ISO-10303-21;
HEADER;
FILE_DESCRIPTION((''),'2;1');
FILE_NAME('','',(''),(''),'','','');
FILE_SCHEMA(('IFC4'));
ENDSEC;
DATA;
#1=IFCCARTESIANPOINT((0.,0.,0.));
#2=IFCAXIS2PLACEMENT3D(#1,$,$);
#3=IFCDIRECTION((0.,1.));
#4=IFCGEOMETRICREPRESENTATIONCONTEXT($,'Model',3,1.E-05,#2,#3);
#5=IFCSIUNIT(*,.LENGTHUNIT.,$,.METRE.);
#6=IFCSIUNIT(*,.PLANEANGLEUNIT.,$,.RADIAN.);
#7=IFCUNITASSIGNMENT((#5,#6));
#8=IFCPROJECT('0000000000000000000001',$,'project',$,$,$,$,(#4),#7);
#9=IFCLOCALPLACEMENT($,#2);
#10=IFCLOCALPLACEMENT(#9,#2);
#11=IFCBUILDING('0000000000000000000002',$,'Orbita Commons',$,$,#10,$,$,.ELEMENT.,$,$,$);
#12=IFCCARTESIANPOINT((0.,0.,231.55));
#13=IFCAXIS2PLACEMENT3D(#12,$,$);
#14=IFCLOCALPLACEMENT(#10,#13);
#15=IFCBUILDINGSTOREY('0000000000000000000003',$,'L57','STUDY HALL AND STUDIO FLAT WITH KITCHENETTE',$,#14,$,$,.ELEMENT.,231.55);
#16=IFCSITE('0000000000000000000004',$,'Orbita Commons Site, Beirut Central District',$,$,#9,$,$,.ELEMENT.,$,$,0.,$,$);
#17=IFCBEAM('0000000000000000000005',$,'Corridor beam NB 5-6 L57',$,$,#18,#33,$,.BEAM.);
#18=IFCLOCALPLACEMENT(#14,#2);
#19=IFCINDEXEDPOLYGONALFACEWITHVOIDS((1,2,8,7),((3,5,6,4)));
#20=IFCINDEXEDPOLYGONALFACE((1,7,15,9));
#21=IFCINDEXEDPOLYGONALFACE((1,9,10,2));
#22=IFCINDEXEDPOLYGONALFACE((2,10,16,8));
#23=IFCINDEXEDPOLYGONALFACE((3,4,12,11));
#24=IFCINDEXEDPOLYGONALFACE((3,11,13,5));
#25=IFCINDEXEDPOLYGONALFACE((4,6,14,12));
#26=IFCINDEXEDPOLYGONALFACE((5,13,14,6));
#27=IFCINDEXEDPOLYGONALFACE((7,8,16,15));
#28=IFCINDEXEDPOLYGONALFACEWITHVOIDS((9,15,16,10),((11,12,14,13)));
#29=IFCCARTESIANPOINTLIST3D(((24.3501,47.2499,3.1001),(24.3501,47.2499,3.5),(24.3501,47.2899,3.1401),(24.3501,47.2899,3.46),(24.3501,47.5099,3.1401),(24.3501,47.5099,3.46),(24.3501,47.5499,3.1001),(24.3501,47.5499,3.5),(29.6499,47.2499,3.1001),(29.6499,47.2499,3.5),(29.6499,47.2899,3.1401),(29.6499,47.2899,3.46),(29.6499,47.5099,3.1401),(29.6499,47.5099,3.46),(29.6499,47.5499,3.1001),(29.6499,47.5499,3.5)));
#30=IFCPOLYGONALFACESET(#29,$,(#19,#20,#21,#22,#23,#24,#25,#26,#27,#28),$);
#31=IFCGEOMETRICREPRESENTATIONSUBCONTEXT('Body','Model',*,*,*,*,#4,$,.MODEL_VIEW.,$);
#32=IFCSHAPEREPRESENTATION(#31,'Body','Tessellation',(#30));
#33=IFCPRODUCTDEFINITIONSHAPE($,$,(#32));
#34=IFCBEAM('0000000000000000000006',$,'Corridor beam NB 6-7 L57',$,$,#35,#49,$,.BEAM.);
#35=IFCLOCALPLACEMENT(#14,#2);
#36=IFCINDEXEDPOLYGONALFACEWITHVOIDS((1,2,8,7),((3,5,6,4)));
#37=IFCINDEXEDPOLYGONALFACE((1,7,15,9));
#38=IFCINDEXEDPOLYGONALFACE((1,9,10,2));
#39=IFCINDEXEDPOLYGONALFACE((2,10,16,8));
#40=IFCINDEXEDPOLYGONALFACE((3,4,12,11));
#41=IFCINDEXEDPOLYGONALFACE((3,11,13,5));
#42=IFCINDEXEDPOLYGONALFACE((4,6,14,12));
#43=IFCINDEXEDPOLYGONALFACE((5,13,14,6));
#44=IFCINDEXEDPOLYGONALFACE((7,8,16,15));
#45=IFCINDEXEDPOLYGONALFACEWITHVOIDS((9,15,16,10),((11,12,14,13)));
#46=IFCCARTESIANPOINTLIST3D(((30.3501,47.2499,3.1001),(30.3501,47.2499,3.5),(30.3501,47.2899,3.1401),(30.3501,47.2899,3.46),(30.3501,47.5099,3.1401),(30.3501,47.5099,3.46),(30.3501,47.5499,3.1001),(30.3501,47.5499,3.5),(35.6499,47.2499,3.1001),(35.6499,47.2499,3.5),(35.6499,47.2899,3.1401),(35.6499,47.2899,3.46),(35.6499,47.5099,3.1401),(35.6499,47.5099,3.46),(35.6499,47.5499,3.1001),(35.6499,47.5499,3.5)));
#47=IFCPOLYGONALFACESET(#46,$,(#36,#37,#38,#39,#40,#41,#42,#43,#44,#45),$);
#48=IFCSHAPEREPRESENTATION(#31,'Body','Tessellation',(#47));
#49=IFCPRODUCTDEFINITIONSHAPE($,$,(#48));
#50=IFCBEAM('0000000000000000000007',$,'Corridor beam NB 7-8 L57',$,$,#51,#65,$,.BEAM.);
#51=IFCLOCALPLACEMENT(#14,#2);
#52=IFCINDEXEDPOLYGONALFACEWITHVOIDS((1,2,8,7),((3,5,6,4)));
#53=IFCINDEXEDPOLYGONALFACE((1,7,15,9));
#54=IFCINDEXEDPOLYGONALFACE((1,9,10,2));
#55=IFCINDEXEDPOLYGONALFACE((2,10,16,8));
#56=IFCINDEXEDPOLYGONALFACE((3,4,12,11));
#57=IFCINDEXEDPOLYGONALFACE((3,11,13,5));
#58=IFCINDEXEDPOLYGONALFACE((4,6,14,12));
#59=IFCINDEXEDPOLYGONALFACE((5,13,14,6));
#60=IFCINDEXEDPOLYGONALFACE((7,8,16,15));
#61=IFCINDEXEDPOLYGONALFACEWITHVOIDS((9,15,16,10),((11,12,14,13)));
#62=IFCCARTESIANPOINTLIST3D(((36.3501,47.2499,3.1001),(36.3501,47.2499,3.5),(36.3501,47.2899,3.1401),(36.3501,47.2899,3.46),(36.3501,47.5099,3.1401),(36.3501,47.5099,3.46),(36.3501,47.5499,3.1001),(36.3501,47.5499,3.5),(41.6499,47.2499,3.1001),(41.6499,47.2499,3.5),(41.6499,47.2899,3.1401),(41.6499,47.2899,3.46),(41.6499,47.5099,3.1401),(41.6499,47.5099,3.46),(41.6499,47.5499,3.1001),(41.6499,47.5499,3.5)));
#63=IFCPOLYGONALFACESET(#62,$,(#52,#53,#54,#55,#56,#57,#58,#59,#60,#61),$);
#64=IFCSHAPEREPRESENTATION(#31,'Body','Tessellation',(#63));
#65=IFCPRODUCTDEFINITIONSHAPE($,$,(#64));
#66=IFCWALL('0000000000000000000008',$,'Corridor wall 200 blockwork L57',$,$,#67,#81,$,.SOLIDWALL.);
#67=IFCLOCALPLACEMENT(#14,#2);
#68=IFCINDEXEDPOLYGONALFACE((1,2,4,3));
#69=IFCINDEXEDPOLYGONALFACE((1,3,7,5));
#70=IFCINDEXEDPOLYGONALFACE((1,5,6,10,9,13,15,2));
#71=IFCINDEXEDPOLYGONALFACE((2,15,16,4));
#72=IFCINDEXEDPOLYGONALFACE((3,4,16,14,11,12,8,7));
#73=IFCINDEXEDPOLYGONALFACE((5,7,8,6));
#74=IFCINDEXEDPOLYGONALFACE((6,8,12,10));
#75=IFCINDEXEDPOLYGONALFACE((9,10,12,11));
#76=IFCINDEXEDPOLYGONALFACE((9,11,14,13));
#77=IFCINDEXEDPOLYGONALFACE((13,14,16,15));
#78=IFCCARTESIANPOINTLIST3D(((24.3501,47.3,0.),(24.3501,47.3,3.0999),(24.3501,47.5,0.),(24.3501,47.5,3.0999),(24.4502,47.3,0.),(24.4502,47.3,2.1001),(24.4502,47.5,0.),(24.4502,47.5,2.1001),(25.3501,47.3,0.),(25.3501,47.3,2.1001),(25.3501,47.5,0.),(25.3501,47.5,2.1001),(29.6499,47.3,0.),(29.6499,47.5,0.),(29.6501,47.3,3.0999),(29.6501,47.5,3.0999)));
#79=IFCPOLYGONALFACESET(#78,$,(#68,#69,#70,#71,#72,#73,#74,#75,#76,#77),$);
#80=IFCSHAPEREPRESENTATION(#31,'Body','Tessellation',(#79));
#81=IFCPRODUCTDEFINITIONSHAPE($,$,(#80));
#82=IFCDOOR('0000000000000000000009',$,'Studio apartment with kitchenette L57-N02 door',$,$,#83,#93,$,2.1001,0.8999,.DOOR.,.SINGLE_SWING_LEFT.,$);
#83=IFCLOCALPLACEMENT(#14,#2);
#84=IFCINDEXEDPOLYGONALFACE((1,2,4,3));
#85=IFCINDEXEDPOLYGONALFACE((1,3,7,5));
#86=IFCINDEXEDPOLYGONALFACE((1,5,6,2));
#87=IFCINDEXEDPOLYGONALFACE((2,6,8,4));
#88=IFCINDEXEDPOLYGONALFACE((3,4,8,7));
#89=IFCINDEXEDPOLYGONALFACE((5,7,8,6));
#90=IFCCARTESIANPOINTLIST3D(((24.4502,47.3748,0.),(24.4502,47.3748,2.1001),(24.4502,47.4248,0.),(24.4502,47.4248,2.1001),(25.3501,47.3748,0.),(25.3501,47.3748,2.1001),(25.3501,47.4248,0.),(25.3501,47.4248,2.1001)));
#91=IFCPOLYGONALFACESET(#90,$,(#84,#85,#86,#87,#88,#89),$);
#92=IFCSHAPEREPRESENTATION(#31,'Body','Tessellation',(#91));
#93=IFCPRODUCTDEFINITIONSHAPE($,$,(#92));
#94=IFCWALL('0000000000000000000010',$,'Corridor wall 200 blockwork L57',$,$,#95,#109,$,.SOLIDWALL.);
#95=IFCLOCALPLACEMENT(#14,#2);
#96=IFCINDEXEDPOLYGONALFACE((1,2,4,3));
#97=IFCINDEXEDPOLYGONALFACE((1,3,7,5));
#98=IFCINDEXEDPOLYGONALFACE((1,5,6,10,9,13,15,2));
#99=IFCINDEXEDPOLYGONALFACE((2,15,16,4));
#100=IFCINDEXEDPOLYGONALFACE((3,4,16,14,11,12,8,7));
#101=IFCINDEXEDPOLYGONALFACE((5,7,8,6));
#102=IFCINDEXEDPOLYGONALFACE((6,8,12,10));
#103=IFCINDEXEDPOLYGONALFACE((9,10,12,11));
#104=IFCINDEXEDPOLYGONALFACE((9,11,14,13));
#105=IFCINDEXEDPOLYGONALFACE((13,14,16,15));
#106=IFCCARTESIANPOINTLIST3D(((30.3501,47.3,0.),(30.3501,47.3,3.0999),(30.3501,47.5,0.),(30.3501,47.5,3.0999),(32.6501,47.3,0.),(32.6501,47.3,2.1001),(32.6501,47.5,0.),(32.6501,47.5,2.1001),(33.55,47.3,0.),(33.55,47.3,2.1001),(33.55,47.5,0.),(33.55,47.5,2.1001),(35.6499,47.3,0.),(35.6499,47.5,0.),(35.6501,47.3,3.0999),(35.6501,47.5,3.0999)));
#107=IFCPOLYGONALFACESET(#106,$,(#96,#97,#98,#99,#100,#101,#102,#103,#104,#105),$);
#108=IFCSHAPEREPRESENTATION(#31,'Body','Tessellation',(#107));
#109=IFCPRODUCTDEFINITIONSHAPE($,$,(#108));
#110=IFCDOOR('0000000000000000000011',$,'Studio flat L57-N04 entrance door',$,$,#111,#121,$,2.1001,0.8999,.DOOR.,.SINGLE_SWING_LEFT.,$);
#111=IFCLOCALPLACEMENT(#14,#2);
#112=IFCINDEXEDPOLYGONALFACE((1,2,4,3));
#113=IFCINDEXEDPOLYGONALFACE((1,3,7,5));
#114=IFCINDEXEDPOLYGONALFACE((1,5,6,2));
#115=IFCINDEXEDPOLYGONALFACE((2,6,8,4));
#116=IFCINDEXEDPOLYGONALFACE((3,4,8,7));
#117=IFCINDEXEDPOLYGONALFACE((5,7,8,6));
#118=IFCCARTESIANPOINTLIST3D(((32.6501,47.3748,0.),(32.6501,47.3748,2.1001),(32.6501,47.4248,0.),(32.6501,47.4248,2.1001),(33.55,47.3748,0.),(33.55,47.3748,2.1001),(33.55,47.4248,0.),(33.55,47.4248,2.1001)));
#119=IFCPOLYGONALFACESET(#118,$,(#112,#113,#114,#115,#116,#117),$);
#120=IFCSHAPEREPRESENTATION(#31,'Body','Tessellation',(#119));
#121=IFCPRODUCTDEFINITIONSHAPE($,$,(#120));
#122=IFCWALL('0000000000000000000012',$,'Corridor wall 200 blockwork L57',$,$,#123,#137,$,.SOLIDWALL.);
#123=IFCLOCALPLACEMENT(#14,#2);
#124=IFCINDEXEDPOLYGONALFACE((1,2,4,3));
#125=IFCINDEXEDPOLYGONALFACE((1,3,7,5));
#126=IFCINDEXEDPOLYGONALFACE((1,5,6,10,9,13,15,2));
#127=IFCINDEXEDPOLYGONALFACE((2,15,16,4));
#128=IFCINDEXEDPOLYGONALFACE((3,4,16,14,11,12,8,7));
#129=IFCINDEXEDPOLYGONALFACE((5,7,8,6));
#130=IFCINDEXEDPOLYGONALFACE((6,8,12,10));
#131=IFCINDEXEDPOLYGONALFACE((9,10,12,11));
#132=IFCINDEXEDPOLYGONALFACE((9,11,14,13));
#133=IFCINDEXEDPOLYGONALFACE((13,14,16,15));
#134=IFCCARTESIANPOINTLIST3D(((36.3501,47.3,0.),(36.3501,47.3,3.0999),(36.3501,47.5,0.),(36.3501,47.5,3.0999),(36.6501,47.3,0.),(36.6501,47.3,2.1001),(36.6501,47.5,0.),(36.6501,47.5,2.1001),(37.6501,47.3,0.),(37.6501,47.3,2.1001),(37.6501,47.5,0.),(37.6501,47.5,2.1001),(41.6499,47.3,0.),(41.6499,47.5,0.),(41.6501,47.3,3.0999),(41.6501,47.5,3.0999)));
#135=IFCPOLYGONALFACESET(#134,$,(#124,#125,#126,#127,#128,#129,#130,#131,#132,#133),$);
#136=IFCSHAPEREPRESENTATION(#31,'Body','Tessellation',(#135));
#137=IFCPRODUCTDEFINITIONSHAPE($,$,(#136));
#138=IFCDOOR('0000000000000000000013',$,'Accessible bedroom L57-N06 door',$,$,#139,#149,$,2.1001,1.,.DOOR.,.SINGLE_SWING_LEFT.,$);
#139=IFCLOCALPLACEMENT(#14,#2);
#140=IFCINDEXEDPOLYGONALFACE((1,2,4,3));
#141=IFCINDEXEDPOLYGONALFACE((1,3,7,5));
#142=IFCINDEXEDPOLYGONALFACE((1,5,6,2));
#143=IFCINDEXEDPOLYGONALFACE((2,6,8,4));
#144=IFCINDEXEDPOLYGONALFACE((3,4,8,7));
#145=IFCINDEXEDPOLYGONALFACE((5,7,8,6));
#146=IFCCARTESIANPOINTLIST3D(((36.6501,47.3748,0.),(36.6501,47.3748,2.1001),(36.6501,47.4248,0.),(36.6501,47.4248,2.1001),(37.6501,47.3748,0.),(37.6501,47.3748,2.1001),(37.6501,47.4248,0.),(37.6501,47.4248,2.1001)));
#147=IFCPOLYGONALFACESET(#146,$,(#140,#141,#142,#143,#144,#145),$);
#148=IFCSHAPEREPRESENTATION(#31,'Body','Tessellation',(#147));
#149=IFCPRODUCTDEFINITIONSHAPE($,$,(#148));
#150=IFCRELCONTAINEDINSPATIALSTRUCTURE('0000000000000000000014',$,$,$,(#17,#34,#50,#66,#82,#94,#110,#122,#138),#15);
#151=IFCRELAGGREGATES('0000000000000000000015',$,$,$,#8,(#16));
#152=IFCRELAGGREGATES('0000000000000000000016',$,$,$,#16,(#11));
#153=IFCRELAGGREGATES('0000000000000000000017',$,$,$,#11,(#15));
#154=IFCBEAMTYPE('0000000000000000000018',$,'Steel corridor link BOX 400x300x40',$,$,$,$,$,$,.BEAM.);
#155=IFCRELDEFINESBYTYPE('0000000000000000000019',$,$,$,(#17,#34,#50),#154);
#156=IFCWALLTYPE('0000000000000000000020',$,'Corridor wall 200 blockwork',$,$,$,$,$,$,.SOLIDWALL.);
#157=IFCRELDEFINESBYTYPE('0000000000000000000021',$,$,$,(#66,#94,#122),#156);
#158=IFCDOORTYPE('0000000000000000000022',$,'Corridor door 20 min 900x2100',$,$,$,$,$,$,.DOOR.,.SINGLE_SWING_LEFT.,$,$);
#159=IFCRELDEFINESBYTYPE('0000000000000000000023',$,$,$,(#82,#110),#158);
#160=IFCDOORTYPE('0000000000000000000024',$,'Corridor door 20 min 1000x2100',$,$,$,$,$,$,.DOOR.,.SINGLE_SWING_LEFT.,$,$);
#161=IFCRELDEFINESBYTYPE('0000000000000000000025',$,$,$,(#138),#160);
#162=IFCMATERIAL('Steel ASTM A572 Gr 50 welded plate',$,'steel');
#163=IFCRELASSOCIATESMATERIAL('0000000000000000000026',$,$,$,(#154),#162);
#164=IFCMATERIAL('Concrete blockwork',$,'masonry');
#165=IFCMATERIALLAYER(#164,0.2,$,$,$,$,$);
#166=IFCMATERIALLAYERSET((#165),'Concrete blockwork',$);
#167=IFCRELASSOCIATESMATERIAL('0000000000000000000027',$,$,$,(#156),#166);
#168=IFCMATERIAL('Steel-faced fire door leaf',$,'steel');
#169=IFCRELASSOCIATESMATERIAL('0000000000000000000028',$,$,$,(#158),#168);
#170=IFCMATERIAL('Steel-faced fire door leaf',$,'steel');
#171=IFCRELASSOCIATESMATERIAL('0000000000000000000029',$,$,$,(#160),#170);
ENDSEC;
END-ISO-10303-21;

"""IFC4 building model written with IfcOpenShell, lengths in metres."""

from ifc_helpers import new_model, si_unit, direction, frame, frame_2d, origin, origin_2d, place, context, subcontext, project, spatial, polyline, rectangle, hollow_rectangle, outline, extrude, material, layer, layer_set, material_profile, profile_set, type_object, element, fill, save


model = new_model("IFC4")

# Units and contexts
model_context = context("Model", 3, precision=1e-05, world=origin(), true_north=direction((0.0, 1.0)))
body_context = subcontext(model_context, "Body", "Model", "MODEL_VIEW")
ifc_project = project(units=[si_unit("LENGTHUNIT", "METRE"), si_unit("PLANEANGLEUNIT", "RADIAN")], contexts=[model_context])

# Site, building, storey
site_placement = place(None, origin())
site = spatial("IfcSite", under=ifc_project, at=site_placement, Name="Orbita Commons Site, Beirut Central District", CompositionType="ELEMENT", RefElevation=0.0)
building_placement = place(site_placement, origin())
building = spatial("IfcBuilding", under=site, at=building_placement, Name="Orbita Commons", CompositionType="ELEMENT")
storey_placement = place(building_placement, frame((0.0, 0.0, 231.55)))
storey = spatial("IfcBuildingStorey", under=building, at=storey_placement, Name="L57", Description="STUDY HALL AND STUDIO FLAT WITH KITCHENETTE", CompositionType="ELEMENT", Elevation=231.55)

# Beams
ifc_material_1 = material(Name="Steel ASTM A572 Gr 50 welded plate", Category="steel")
ifc_material_profile = material_profile(ifc_material_1, hollow_rectangle(XDim=0.3, YDim=0.3999, WallThickness=0.04, at=origin_2d()), Name="BOX 400x300x40")
ifc_profile_set = profile_set([ifc_material_profile], Name="Steel ASTM A572 Gr 50 welded plate")
beam_type = type_object("IfcBeamType", Name="Steel corridor link BOX 400x300x40", PredefinedType="BEAM", material=ifc_profile_set)
for number, where, z_axis, x_axis, name in (
    (1, (24.3501, 47.3999, 3.3), (1.0, 0.0, 0.0), (0.0, 1.0, 0.0), "Corridor beam NB 5-6 L57"),
    (2, (30.3501, 47.3999, 3.3), (1.0, 0.0, 0.0), (0.0, 1.0, 0.0), "Corridor beam NB 6-7 L57"),
    (3, (36.3501, 47.3999, 3.3), (1.0, 0.0, 0.0), (0.0, 1.0, 0.0), "Corridor beam NB 7-8 L57"),
):
    element("IfcBeam", number, at=place(storey_placement, frame(where, z_axis=z_axis, x_axis=x_axis)), inside=storey, type_object=beam_type, Name=name, PredefinedType="BEAM", context=body_context, shape_type="SweptSolid", body=[
        extrude(hollow_rectangle(XDim=0.3, YDim=0.3999, WallThickness=0.04, at=origin_2d()), origin(), (0.0, 0.0, 1.0), 5.2998),
    ])

# Walls, openings, doors
ifc_material_2 = material(Name="Concrete blockwork", Category="masonry")
ifc_layer_1 = layer(ifc_material_2, 0.2)
ifc_layer_set_1 = layer_set([ifc_layer_1], Name="Concrete blockwork")
wall_type_1 = type_object("IfcWallType", Name="Corridor wall 200 blockwork", PredefinedType="SOLIDWALL", material=ifc_layer_set_1)
wall_1_placement = place(storey_placement, frame((24.3501, 47.3999, 0.0), z_axis=(0.0, 0.0, 1.0), x_axis=(1.0, 0.0, 0.0)))
wall_1 = element("IfcWall", 4, at=wall_1_placement, inside=storey, type_object=wall_type_1, Name="Corridor wall 200 blockwork L57", PredefinedType="SOLIDWALL", context=body_context, shape_type="SweptSolid", body=[
    extrude(outline(polyline([(0.0, 0.0), (5.2998, 0.0), (5.3, 3.0999), (0.0, 3.0999), (0.0, 0.0)])), frame((0.0, 0.1001, 0.0), z_axis=(0.0, -1.0, 0.0), x_axis=(1.0, 0.0, 0.0)), (0.0, 0.0, 1.0), 0.2),
])
opening_1_placement = place(wall_1_placement, frame((0.1001, 0.0, 0.0)))
opening_1 = element("IfcOpeningElement", 5, at=opening_1_placement, cuts=wall_1, PredefinedType="OPENING", context=body_context, shape_type="SweptSolid", body=[
    extrude(rectangle(XDim=0.8999, YDim=2.1001, at=frame_2d((0.45, 1.05))), frame((0.0, 0.1099, 0.0), z_axis=(0.0, -1.0, 0.0), x_axis=(1.0, 0.0, 0.0)), (0.0, 0.0, 1.0), 0.22),
])
ifc_material_3 = material(Name="Steel-faced fire door leaf", Category="steel")
door_type_1 = type_object("IfcDoorType", Name="Corridor door 20 min 900x2100", OperationType="SINGLE_SWING_LEFT", PredefinedType="DOOR", material=ifc_material_3)
door_1_placement = place(opening_1_placement, origin())
door_1 = element("IfcDoor", 6, at=door_1_placement, inside=storey, type_object=door_type_1, Name="Studio apartment with kitchenette L57-N02 door", OperationType="SINGLE_SWING_LEFT", OverallHeight=2.1001, OverallWidth=0.8999, PredefinedType="DOOR", context=body_context, shape_type="SweptSolid", body=[
    extrude(rectangle(XDim=0.8999, YDim=2.1001, at=frame_2d((0.45, 1.05))), frame((0.0, 0.0249, 0.0), z_axis=(0.0, -1.0, 0.0), x_axis=(1.0, 0.0, 0.0)), (0.0, 0.0, 1.0), 0.05),
])
fill(opening_1, door_1)
wall_2_placement = place(storey_placement, frame((30.3501, 47.3999, 0.0), z_axis=(0.0, 0.0, 1.0), x_axis=(1.0, 0.0, 0.0)))
wall_2 = element("IfcWall", 7, at=wall_2_placement, inside=storey, type_object=wall_type_1, Name="Corridor wall 200 blockwork L57", PredefinedType="SOLIDWALL", context=body_context, shape_type="SweptSolid", body=[
    extrude(outline(polyline([(0.0, 0.0), (5.2998, 0.0), (5.3, 3.0999), (0.0, 3.0999), (0.0, 0.0)])), frame((0.0, 0.1001, 0.0), z_axis=(0.0, -1.0, 0.0), x_axis=(1.0, 0.0, 0.0)), (0.0, 0.0, 1.0), 0.2),
])
opening_2_placement = place(wall_2_placement, frame((2.3, 0.0, 0.0)))
opening_2 = element("IfcOpeningElement", 8, at=opening_2_placement, cuts=wall_2, PredefinedType="OPENING", context=body_context, shape_type="SweptSolid", body=[
    extrude(rectangle(XDim=0.8999, YDim=2.1001, at=frame_2d((0.45, 1.05))), frame((0.0, 0.1099, 0.0), z_axis=(0.0, -1.0, 0.0), x_axis=(1.0, 0.0, 0.0)), (0.0, 0.0, 1.0), 0.22),
])
door_2_placement = place(opening_2_placement, origin())
door_2 = element("IfcDoor", 9, at=door_2_placement, inside=storey, type_object=door_type_1, Name="Studio flat L57-N04 entrance door", OperationType="SINGLE_SWING_LEFT", OverallHeight=2.1001, OverallWidth=0.8999, PredefinedType="DOOR", context=body_context, shape_type="SweptSolid", body=[
    extrude(rectangle(XDim=0.8999, YDim=2.1001, at=frame_2d((0.45, 1.05))), frame((0.0, 0.0249, 0.0), z_axis=(0.0, -1.0, 0.0), x_axis=(1.0, 0.0, 0.0)), (0.0, 0.0, 1.0), 0.05),
])
fill(opening_2, door_2)
wall_3_placement = place(storey_placement, frame((36.3501, 47.3999, 0.0), z_axis=(0.0, 0.0, 1.0), x_axis=(1.0, 0.0, 0.0)))
wall_3 = element("IfcWall", 10, at=wall_3_placement, inside=storey, type_object=wall_type_1, Name="Corridor wall 200 blockwork L57", PredefinedType="SOLIDWALL", context=body_context, shape_type="SweptSolid", body=[
    extrude(outline(polyline([(0.0, 0.0), (5.2998, 0.0), (5.3, 3.0999), (0.0, 3.0999), (0.0, 0.0)])), frame((0.0, 0.1001, 0.0), z_axis=(0.0, -1.0, 0.0), x_axis=(1.0, 0.0, 0.0)), (0.0, 0.0, 1.0), 0.2),
])
opening_3_placement = place(wall_3_placement, frame((0.3, 0.0, 0.0)))
opening_3 = element("IfcOpeningElement", 11, at=opening_3_placement, cuts=wall_3, PredefinedType="OPENING", context=body_context, shape_type="SweptSolid", body=[
    extrude(rectangle(XDim=1.0, YDim=2.1001, at=frame_2d((0.5, 1.05))), frame((0.0, 0.1099, 0.0), z_axis=(0.0, -1.0, 0.0), x_axis=(1.0, 0.0, 0.0)), (0.0, 0.0, 1.0), 0.22),
])
ifc_material_4 = material(Name="Steel-faced fire door leaf", Category="steel")
door_type_2 = type_object("IfcDoorType", Name="Corridor door 20 min 1000x2100", OperationType="SINGLE_SWING_LEFT", PredefinedType="DOOR", material=ifc_material_4)
door_3_placement = place(opening_3_placement, origin())
door_3 = element("IfcDoor", 12, at=door_3_placement, inside=storey, type_object=door_type_2, Name="Accessible bedroom L57-N06 door", OperationType="SINGLE_SWING_LEFT", OverallHeight=2.1001, OverallWidth=1.0, PredefinedType="DOOR", context=body_context, shape_type="SweptSolid", body=[
    extrude(rectangle(XDim=1.0, YDim=2.1001, at=frame_2d((0.5, 1.05))), frame((0.0, 0.0249, 0.0), z_axis=(0.0, -1.0, 0.0), x_axis=(1.0, 0.0, 0.0)), (0.0, 0.0, 1.0), 0.05),
])
fill(opening_3, door_3)

save(model, "model.ifc")
